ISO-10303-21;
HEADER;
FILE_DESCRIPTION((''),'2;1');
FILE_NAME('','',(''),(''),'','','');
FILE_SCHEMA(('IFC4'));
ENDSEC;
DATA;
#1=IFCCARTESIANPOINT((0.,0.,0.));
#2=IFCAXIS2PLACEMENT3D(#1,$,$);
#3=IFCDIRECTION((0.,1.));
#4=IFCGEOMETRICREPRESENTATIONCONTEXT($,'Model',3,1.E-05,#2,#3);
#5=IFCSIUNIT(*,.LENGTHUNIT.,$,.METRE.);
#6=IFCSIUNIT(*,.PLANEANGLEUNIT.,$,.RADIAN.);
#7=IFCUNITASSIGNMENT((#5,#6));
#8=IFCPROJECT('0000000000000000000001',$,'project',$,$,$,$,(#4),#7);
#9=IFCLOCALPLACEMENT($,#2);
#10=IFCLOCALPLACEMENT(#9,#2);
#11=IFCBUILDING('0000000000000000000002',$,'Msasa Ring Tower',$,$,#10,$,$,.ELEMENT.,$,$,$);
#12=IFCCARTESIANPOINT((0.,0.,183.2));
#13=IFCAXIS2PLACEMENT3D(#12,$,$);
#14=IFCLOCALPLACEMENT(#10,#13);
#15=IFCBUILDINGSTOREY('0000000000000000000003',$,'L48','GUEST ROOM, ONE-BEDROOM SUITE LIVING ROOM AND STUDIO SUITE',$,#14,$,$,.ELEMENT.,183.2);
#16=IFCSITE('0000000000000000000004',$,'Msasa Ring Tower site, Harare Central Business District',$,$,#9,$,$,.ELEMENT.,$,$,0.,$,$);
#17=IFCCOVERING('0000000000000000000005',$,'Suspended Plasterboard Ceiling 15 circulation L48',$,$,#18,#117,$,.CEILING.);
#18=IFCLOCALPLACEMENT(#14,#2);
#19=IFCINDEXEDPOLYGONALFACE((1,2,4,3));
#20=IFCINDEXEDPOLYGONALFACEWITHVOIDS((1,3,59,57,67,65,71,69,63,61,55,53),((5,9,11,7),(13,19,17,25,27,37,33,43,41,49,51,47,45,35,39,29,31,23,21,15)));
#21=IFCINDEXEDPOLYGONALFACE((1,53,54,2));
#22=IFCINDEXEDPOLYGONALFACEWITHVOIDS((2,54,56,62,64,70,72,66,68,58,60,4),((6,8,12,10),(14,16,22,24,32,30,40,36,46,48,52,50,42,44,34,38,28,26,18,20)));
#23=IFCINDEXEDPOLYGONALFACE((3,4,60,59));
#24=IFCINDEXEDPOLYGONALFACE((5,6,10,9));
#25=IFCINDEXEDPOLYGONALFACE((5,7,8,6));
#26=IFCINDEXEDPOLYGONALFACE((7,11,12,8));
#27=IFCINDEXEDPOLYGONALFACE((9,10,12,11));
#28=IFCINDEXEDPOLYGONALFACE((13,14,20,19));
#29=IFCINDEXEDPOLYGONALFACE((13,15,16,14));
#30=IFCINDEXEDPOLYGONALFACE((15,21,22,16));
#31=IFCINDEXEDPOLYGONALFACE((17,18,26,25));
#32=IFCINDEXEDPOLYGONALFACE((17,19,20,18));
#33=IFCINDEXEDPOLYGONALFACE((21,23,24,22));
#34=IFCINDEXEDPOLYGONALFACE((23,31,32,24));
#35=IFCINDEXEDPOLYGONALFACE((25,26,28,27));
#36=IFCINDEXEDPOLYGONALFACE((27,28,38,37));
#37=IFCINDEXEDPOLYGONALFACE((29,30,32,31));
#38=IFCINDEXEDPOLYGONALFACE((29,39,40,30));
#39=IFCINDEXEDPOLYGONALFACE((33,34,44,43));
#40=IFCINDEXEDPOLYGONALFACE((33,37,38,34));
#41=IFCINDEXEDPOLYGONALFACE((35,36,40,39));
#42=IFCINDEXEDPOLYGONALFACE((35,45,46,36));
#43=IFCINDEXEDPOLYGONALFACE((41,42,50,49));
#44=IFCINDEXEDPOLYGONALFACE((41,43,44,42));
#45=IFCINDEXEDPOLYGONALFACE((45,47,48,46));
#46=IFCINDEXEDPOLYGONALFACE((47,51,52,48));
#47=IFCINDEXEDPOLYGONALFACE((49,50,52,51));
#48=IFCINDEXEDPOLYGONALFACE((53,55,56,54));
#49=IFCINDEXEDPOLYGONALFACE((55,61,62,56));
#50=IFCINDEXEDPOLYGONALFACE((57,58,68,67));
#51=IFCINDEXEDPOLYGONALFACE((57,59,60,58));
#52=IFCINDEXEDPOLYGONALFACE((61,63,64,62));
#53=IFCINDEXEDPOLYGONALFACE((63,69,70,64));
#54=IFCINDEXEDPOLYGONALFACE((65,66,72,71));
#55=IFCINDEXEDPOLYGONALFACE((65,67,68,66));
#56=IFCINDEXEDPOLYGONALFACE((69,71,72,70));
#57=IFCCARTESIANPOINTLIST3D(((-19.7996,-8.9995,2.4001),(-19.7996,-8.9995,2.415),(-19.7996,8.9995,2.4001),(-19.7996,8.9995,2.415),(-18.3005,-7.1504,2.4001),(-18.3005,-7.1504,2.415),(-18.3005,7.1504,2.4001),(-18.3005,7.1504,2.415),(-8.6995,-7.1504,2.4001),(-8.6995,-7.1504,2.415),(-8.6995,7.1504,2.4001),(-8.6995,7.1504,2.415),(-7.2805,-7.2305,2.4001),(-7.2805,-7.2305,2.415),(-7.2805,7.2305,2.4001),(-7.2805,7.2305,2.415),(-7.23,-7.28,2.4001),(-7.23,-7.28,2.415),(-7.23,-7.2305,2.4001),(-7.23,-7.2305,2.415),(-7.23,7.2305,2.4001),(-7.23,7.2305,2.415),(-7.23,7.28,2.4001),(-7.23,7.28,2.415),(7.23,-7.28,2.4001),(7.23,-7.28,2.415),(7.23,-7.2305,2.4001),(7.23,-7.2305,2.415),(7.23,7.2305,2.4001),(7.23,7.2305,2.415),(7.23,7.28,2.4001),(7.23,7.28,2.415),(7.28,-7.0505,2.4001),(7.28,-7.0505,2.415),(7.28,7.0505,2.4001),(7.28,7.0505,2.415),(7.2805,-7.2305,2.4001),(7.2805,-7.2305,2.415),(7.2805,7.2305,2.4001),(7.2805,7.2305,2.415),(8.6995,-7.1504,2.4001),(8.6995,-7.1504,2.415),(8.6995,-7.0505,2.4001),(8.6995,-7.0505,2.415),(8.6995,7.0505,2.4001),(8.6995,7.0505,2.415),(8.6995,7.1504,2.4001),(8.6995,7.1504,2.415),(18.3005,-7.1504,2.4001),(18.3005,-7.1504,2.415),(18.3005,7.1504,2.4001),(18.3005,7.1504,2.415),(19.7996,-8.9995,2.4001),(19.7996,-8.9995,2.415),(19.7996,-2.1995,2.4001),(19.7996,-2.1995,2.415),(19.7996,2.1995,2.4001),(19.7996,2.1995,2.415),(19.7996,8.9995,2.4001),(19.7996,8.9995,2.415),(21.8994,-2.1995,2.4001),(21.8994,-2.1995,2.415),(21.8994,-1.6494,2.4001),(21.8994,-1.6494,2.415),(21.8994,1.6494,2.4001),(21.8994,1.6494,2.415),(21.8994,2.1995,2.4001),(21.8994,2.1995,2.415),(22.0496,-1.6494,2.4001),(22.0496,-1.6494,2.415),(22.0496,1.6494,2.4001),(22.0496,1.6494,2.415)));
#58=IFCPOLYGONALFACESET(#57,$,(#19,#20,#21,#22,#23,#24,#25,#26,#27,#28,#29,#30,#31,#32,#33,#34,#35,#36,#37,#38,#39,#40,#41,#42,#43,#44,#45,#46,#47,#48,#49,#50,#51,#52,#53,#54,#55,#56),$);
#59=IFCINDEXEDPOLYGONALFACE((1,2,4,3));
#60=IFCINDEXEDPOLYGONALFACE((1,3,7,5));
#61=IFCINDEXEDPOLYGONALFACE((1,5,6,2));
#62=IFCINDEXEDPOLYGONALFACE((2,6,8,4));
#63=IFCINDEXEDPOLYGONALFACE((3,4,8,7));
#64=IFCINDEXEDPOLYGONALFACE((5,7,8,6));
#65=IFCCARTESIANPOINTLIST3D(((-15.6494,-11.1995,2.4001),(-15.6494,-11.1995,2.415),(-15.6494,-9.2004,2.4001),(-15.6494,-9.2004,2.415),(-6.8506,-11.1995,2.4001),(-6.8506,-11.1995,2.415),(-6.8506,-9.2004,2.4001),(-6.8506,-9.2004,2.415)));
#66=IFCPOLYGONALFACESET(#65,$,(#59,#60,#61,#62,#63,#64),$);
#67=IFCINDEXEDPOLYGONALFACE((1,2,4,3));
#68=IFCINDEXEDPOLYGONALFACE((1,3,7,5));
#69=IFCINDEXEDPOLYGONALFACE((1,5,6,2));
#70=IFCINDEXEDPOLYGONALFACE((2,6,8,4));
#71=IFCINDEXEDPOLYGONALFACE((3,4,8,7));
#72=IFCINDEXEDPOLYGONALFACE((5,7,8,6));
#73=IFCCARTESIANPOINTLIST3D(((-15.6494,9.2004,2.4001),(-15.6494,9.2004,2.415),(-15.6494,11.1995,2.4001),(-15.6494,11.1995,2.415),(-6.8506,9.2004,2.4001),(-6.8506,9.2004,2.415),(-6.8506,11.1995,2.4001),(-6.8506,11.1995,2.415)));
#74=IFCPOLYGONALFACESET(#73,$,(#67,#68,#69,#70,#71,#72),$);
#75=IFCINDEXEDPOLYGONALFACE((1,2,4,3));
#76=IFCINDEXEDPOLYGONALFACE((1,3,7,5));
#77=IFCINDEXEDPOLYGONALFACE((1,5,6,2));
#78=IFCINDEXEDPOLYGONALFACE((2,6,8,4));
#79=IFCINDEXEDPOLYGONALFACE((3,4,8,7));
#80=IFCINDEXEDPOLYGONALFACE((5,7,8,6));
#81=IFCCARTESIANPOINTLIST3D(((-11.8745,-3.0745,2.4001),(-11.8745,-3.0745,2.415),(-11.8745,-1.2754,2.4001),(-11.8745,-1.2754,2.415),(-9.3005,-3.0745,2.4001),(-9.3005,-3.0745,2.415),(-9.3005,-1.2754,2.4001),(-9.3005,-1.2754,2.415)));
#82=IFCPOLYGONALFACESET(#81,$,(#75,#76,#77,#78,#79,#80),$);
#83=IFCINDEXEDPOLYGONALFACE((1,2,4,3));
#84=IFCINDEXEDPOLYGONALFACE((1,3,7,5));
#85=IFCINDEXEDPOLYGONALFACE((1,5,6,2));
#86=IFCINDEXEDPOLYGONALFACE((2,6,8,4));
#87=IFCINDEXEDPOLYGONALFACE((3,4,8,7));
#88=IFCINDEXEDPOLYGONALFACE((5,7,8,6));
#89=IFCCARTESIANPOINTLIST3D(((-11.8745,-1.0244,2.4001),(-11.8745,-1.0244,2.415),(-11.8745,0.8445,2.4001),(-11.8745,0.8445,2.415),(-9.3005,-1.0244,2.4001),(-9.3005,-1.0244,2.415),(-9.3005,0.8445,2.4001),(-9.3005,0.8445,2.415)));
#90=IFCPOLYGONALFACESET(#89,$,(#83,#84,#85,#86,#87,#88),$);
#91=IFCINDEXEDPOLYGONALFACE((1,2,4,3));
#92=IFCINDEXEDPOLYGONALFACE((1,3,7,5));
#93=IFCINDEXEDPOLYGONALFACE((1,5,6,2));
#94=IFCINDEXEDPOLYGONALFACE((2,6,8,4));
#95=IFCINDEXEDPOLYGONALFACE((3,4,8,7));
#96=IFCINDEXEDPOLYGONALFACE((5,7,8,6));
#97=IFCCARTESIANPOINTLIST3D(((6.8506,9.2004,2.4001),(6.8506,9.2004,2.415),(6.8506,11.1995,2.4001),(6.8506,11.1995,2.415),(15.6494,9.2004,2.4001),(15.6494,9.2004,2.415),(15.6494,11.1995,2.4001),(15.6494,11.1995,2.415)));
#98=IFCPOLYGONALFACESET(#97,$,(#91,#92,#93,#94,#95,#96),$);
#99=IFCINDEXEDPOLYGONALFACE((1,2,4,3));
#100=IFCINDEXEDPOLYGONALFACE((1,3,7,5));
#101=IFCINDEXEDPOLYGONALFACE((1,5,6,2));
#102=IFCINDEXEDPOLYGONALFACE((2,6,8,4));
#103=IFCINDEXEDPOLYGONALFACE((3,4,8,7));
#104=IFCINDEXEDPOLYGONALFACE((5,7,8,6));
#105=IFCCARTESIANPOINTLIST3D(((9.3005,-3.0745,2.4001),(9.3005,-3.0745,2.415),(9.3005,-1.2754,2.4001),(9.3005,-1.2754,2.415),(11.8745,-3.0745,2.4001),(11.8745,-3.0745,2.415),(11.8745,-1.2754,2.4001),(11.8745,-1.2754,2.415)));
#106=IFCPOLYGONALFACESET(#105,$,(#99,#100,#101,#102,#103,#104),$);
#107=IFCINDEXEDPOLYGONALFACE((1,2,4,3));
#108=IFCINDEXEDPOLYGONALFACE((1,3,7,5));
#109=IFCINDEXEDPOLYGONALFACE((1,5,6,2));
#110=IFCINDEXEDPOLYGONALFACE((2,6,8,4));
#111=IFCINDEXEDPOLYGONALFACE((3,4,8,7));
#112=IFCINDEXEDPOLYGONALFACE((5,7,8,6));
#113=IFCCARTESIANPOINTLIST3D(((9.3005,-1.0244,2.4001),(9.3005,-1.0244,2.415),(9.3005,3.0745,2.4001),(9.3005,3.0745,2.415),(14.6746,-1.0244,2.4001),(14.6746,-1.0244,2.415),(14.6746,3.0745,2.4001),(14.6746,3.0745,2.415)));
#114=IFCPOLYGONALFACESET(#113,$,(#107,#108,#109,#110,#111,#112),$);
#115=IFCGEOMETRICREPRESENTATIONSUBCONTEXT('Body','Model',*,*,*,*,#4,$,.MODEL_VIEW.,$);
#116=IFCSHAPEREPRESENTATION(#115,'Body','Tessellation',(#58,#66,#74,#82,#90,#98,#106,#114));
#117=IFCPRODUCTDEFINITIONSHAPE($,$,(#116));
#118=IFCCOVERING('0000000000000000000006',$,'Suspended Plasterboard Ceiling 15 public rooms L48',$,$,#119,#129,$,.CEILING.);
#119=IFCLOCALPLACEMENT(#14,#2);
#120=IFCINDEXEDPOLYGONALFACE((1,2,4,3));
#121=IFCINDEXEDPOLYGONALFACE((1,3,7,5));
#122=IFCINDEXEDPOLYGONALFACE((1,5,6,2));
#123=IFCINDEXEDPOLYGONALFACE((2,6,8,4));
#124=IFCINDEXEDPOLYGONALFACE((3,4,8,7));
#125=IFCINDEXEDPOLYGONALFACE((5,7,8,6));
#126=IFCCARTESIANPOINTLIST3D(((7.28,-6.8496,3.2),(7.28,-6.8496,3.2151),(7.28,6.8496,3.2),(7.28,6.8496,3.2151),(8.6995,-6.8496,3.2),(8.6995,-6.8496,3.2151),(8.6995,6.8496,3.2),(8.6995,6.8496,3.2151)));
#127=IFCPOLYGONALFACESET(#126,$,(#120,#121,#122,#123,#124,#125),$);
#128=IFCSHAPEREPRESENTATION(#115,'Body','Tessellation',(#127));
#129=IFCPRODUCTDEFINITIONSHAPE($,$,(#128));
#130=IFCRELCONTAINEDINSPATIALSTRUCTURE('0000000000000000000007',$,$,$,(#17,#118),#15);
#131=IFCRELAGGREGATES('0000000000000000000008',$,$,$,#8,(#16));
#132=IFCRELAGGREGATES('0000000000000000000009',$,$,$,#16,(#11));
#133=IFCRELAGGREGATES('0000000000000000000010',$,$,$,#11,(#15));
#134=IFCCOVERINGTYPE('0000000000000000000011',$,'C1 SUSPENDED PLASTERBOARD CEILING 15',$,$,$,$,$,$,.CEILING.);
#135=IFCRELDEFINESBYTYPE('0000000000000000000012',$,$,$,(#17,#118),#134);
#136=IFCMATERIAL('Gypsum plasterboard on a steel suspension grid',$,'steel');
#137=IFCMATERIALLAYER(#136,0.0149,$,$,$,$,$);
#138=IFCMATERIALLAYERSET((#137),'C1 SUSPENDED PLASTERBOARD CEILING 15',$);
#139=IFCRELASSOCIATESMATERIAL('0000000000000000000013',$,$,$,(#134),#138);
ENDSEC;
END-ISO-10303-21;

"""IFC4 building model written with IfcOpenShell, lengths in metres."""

from ifc_helpers import new_model, si_unit, direction, frame, origin, place, context, subcontext, project, spatial, line, indexed_curve, outline, extrude, material, layer, layer_set, type_object, element, save


model = new_model("IFC4")

# Units and contexts
model_context = context("Model", 3, precision=1e-05, world=origin(), true_north=direction((0.0, 1.0)))
body_context = subcontext(model_context, "Body", "Model", "MODEL_VIEW")
ifc_project = project(units=[si_unit("LENGTHUNIT", "METRE"), si_unit("PLANEANGLEUNIT", "RADIAN")], contexts=[model_context])

# Site, building, storey
site_placement = place(None, origin())
site = spatial("IfcSite", under=ifc_project, at=site_placement, Name="Msasa Ring Tower site, Harare Central Business District", CompositionType="ELEMENT", RefElevation=0.0)
building_placement = place(site_placement, origin())
building = spatial("IfcBuilding", under=site, at=building_placement, Name="Msasa Ring Tower", CompositionType="ELEMENT")
storey_placement = place(building_placement, frame((0.0, 0.0, 183.2)))
storey = spatial("IfcBuildingStorey", under=building, at=storey_placement, Name="L48", Description="GUEST ROOM, ONE-BEDROOM SUITE LIVING ROOM AND STUDIO SUITE", CompositionType="ELEMENT", Elevation=183.2)

# Coverings
ifc_material_1 = material(Name="Gypsum plasterboard on a steel suspension grid", Category="steel")
ifc_layer_1 = layer(ifc_material_1, 0.0149)
ifc_layer_set_1 = layer_set([ifc_layer_1], Name="C1 SUSPENDED PLASTERBOARD CEILING 15")
covering_type_1 = type_object("IfcCoveringType", Name="C1 SUSPENDED PLASTERBOARD CEILING 15", PredefinedType="CEILING", material=ifc_layer_set_1)
covering_1_placement = place(storey_placement, frame((0.0, 0.0, 2.4001)))
element("IfcCovering", 1, at=covering_1_placement, inside=storey, type_object=covering_type_1, Name="Suspended Plasterboard Ceiling 15 circulation L48", PredefinedType="CEILING", context=body_context, shape_type="SweptSolid", body=[
    extrude(outline(indexed_curve([(19.7996, 2.1995), (21.8994, 2.1995), (21.8994, 1.6494), (22.0496, 1.6494), (22.0496, -1.6494), (21.8994, -1.6494), (21.8994, -2.1995), (19.7996, -2.1995), (19.7996, -8.9995), (-19.7996, -8.9995), (-19.7996, 8.9995), (19.7996, 8.9995)], segments=[line(1, 2, 3, 4, 5, 6, 7, 8, 9, 10, 11, 12, 1)], self_intersect=False), holes=[indexed_curve([(8.6995, -7.1504), (18.3005, -7.1504), (18.3005, 7.1504), (8.6995, 7.1504), (8.6995, 7.0505), (7.28, 7.0505), (7.2805, 7.2305), (7.23, 7.2305), (7.23, 7.28), (-7.23, 7.28), (-7.23, 7.2305), (-7.2805, 7.2305), (-7.2805, -7.2305), (-7.23, -7.2305), (-7.23, -7.28), (7.23, -7.28), (7.23, -7.2305), (7.2805, -7.2305), (7.28, -7.0505), (8.6995, -7.0505)], segments=[line(1, 2, 3, 4, 5, 6, 7, 8, 9, 10, 11, 12, 13, 14, 15, 16, 17, 18, 19, 20, 1)], self_intersect=False), indexed_curve([(-8.6995, 7.1504), (-18.3005, 7.1504), (-18.3005, -7.1504), (-8.6995, -7.1504)], segments=[line(1, 2, 3, 4, 1)], self_intersect=False)]), origin(), (0.0, 0.0, 1.0), 0.0149),
    extrude(outline(indexed_curve([(-15.6494, -11.1995), (-15.6494, -9.2004), (-6.8506, -9.2004), (-6.8506, -11.1995)], segments=[line(1, 2, 3, 4, 1)], self_intersect=False)), origin(), (0.0, 0.0, 1.0), 0.0149),
    extrude(outline(indexed_curve([(-15.6494, 9.2004), (-15.6494, 11.1995), (-6.8506, 11.1995), (-6.8506, 9.2004)], segments=[line(1, 2, 3, 4, 1)], self_intersect=False)), origin(), (0.0, 0.0, 1.0), 0.0149),
    extrude(outline(indexed_curve([(-11.8745, -3.0745), (-11.8745, -1.2754), (-9.3005, -1.2754), (-9.3005, -3.0745)], segments=[line(1, 2, 3, 4, 1)], self_intersect=False)), origin(), (0.0, 0.0, 1.0), 0.0149),
    extrude(outline(indexed_curve([(-11.8745, -1.0244), (-11.8745, 0.8445), (-9.3005, 0.8445), (-9.3005, -1.0244)], segments=[line(1, 2, 3, 4, 1)], self_intersect=False)), origin(), (0.0, 0.0, 1.0), 0.0149),
    extrude(outline(indexed_curve([(6.8506, 9.2004), (6.8506, 11.1995), (15.6494, 11.1995), (15.6494, 9.2004)], segments=[line(1, 2, 3, 4, 1)], self_intersect=False)), origin(), (0.0, 0.0, 1.0), 0.0149),
    extrude(outline(indexed_curve([(9.3005, -3.0745), (9.3005, -1.2754), (11.8745, -1.2754), (11.8745, -3.0745)], segments=[line(1, 2, 3, 4, 1)], self_intersect=False)), origin(), (0.0, 0.0, 1.0), 0.0149),
    extrude(outline(indexed_curve([(9.3005, -1.0244), (9.3005, 3.0745), (14.6746, 3.0745), (14.6746, -1.0244)], segments=[line(1, 2, 3, 4, 1)], self_intersect=False)), origin(), (0.0, 0.0, 1.0), 0.0149),
])
covering_2_placement = place(storey_placement, frame((0.0, 0.0, 3.2)))
element("IfcCovering", 2, at=covering_2_placement, inside=storey, type_object=covering_type_1, Name="Suspended Plasterboard Ceiling 15 public rooms L48", PredefinedType="CEILING", context=body_context, shape_type="SweptSolid", body=[
    extrude(outline(indexed_curve([(8.6995, 6.8496), (8.6995, -6.8496), (7.28, -6.8496), (7.28, 6.8496)], segments=[line(1, 2, 3, 4, 1)], self_intersect=False)), origin(), (0.0, 0.0, 1.0), 0.0151),
])

save(model, "model.ifc")
